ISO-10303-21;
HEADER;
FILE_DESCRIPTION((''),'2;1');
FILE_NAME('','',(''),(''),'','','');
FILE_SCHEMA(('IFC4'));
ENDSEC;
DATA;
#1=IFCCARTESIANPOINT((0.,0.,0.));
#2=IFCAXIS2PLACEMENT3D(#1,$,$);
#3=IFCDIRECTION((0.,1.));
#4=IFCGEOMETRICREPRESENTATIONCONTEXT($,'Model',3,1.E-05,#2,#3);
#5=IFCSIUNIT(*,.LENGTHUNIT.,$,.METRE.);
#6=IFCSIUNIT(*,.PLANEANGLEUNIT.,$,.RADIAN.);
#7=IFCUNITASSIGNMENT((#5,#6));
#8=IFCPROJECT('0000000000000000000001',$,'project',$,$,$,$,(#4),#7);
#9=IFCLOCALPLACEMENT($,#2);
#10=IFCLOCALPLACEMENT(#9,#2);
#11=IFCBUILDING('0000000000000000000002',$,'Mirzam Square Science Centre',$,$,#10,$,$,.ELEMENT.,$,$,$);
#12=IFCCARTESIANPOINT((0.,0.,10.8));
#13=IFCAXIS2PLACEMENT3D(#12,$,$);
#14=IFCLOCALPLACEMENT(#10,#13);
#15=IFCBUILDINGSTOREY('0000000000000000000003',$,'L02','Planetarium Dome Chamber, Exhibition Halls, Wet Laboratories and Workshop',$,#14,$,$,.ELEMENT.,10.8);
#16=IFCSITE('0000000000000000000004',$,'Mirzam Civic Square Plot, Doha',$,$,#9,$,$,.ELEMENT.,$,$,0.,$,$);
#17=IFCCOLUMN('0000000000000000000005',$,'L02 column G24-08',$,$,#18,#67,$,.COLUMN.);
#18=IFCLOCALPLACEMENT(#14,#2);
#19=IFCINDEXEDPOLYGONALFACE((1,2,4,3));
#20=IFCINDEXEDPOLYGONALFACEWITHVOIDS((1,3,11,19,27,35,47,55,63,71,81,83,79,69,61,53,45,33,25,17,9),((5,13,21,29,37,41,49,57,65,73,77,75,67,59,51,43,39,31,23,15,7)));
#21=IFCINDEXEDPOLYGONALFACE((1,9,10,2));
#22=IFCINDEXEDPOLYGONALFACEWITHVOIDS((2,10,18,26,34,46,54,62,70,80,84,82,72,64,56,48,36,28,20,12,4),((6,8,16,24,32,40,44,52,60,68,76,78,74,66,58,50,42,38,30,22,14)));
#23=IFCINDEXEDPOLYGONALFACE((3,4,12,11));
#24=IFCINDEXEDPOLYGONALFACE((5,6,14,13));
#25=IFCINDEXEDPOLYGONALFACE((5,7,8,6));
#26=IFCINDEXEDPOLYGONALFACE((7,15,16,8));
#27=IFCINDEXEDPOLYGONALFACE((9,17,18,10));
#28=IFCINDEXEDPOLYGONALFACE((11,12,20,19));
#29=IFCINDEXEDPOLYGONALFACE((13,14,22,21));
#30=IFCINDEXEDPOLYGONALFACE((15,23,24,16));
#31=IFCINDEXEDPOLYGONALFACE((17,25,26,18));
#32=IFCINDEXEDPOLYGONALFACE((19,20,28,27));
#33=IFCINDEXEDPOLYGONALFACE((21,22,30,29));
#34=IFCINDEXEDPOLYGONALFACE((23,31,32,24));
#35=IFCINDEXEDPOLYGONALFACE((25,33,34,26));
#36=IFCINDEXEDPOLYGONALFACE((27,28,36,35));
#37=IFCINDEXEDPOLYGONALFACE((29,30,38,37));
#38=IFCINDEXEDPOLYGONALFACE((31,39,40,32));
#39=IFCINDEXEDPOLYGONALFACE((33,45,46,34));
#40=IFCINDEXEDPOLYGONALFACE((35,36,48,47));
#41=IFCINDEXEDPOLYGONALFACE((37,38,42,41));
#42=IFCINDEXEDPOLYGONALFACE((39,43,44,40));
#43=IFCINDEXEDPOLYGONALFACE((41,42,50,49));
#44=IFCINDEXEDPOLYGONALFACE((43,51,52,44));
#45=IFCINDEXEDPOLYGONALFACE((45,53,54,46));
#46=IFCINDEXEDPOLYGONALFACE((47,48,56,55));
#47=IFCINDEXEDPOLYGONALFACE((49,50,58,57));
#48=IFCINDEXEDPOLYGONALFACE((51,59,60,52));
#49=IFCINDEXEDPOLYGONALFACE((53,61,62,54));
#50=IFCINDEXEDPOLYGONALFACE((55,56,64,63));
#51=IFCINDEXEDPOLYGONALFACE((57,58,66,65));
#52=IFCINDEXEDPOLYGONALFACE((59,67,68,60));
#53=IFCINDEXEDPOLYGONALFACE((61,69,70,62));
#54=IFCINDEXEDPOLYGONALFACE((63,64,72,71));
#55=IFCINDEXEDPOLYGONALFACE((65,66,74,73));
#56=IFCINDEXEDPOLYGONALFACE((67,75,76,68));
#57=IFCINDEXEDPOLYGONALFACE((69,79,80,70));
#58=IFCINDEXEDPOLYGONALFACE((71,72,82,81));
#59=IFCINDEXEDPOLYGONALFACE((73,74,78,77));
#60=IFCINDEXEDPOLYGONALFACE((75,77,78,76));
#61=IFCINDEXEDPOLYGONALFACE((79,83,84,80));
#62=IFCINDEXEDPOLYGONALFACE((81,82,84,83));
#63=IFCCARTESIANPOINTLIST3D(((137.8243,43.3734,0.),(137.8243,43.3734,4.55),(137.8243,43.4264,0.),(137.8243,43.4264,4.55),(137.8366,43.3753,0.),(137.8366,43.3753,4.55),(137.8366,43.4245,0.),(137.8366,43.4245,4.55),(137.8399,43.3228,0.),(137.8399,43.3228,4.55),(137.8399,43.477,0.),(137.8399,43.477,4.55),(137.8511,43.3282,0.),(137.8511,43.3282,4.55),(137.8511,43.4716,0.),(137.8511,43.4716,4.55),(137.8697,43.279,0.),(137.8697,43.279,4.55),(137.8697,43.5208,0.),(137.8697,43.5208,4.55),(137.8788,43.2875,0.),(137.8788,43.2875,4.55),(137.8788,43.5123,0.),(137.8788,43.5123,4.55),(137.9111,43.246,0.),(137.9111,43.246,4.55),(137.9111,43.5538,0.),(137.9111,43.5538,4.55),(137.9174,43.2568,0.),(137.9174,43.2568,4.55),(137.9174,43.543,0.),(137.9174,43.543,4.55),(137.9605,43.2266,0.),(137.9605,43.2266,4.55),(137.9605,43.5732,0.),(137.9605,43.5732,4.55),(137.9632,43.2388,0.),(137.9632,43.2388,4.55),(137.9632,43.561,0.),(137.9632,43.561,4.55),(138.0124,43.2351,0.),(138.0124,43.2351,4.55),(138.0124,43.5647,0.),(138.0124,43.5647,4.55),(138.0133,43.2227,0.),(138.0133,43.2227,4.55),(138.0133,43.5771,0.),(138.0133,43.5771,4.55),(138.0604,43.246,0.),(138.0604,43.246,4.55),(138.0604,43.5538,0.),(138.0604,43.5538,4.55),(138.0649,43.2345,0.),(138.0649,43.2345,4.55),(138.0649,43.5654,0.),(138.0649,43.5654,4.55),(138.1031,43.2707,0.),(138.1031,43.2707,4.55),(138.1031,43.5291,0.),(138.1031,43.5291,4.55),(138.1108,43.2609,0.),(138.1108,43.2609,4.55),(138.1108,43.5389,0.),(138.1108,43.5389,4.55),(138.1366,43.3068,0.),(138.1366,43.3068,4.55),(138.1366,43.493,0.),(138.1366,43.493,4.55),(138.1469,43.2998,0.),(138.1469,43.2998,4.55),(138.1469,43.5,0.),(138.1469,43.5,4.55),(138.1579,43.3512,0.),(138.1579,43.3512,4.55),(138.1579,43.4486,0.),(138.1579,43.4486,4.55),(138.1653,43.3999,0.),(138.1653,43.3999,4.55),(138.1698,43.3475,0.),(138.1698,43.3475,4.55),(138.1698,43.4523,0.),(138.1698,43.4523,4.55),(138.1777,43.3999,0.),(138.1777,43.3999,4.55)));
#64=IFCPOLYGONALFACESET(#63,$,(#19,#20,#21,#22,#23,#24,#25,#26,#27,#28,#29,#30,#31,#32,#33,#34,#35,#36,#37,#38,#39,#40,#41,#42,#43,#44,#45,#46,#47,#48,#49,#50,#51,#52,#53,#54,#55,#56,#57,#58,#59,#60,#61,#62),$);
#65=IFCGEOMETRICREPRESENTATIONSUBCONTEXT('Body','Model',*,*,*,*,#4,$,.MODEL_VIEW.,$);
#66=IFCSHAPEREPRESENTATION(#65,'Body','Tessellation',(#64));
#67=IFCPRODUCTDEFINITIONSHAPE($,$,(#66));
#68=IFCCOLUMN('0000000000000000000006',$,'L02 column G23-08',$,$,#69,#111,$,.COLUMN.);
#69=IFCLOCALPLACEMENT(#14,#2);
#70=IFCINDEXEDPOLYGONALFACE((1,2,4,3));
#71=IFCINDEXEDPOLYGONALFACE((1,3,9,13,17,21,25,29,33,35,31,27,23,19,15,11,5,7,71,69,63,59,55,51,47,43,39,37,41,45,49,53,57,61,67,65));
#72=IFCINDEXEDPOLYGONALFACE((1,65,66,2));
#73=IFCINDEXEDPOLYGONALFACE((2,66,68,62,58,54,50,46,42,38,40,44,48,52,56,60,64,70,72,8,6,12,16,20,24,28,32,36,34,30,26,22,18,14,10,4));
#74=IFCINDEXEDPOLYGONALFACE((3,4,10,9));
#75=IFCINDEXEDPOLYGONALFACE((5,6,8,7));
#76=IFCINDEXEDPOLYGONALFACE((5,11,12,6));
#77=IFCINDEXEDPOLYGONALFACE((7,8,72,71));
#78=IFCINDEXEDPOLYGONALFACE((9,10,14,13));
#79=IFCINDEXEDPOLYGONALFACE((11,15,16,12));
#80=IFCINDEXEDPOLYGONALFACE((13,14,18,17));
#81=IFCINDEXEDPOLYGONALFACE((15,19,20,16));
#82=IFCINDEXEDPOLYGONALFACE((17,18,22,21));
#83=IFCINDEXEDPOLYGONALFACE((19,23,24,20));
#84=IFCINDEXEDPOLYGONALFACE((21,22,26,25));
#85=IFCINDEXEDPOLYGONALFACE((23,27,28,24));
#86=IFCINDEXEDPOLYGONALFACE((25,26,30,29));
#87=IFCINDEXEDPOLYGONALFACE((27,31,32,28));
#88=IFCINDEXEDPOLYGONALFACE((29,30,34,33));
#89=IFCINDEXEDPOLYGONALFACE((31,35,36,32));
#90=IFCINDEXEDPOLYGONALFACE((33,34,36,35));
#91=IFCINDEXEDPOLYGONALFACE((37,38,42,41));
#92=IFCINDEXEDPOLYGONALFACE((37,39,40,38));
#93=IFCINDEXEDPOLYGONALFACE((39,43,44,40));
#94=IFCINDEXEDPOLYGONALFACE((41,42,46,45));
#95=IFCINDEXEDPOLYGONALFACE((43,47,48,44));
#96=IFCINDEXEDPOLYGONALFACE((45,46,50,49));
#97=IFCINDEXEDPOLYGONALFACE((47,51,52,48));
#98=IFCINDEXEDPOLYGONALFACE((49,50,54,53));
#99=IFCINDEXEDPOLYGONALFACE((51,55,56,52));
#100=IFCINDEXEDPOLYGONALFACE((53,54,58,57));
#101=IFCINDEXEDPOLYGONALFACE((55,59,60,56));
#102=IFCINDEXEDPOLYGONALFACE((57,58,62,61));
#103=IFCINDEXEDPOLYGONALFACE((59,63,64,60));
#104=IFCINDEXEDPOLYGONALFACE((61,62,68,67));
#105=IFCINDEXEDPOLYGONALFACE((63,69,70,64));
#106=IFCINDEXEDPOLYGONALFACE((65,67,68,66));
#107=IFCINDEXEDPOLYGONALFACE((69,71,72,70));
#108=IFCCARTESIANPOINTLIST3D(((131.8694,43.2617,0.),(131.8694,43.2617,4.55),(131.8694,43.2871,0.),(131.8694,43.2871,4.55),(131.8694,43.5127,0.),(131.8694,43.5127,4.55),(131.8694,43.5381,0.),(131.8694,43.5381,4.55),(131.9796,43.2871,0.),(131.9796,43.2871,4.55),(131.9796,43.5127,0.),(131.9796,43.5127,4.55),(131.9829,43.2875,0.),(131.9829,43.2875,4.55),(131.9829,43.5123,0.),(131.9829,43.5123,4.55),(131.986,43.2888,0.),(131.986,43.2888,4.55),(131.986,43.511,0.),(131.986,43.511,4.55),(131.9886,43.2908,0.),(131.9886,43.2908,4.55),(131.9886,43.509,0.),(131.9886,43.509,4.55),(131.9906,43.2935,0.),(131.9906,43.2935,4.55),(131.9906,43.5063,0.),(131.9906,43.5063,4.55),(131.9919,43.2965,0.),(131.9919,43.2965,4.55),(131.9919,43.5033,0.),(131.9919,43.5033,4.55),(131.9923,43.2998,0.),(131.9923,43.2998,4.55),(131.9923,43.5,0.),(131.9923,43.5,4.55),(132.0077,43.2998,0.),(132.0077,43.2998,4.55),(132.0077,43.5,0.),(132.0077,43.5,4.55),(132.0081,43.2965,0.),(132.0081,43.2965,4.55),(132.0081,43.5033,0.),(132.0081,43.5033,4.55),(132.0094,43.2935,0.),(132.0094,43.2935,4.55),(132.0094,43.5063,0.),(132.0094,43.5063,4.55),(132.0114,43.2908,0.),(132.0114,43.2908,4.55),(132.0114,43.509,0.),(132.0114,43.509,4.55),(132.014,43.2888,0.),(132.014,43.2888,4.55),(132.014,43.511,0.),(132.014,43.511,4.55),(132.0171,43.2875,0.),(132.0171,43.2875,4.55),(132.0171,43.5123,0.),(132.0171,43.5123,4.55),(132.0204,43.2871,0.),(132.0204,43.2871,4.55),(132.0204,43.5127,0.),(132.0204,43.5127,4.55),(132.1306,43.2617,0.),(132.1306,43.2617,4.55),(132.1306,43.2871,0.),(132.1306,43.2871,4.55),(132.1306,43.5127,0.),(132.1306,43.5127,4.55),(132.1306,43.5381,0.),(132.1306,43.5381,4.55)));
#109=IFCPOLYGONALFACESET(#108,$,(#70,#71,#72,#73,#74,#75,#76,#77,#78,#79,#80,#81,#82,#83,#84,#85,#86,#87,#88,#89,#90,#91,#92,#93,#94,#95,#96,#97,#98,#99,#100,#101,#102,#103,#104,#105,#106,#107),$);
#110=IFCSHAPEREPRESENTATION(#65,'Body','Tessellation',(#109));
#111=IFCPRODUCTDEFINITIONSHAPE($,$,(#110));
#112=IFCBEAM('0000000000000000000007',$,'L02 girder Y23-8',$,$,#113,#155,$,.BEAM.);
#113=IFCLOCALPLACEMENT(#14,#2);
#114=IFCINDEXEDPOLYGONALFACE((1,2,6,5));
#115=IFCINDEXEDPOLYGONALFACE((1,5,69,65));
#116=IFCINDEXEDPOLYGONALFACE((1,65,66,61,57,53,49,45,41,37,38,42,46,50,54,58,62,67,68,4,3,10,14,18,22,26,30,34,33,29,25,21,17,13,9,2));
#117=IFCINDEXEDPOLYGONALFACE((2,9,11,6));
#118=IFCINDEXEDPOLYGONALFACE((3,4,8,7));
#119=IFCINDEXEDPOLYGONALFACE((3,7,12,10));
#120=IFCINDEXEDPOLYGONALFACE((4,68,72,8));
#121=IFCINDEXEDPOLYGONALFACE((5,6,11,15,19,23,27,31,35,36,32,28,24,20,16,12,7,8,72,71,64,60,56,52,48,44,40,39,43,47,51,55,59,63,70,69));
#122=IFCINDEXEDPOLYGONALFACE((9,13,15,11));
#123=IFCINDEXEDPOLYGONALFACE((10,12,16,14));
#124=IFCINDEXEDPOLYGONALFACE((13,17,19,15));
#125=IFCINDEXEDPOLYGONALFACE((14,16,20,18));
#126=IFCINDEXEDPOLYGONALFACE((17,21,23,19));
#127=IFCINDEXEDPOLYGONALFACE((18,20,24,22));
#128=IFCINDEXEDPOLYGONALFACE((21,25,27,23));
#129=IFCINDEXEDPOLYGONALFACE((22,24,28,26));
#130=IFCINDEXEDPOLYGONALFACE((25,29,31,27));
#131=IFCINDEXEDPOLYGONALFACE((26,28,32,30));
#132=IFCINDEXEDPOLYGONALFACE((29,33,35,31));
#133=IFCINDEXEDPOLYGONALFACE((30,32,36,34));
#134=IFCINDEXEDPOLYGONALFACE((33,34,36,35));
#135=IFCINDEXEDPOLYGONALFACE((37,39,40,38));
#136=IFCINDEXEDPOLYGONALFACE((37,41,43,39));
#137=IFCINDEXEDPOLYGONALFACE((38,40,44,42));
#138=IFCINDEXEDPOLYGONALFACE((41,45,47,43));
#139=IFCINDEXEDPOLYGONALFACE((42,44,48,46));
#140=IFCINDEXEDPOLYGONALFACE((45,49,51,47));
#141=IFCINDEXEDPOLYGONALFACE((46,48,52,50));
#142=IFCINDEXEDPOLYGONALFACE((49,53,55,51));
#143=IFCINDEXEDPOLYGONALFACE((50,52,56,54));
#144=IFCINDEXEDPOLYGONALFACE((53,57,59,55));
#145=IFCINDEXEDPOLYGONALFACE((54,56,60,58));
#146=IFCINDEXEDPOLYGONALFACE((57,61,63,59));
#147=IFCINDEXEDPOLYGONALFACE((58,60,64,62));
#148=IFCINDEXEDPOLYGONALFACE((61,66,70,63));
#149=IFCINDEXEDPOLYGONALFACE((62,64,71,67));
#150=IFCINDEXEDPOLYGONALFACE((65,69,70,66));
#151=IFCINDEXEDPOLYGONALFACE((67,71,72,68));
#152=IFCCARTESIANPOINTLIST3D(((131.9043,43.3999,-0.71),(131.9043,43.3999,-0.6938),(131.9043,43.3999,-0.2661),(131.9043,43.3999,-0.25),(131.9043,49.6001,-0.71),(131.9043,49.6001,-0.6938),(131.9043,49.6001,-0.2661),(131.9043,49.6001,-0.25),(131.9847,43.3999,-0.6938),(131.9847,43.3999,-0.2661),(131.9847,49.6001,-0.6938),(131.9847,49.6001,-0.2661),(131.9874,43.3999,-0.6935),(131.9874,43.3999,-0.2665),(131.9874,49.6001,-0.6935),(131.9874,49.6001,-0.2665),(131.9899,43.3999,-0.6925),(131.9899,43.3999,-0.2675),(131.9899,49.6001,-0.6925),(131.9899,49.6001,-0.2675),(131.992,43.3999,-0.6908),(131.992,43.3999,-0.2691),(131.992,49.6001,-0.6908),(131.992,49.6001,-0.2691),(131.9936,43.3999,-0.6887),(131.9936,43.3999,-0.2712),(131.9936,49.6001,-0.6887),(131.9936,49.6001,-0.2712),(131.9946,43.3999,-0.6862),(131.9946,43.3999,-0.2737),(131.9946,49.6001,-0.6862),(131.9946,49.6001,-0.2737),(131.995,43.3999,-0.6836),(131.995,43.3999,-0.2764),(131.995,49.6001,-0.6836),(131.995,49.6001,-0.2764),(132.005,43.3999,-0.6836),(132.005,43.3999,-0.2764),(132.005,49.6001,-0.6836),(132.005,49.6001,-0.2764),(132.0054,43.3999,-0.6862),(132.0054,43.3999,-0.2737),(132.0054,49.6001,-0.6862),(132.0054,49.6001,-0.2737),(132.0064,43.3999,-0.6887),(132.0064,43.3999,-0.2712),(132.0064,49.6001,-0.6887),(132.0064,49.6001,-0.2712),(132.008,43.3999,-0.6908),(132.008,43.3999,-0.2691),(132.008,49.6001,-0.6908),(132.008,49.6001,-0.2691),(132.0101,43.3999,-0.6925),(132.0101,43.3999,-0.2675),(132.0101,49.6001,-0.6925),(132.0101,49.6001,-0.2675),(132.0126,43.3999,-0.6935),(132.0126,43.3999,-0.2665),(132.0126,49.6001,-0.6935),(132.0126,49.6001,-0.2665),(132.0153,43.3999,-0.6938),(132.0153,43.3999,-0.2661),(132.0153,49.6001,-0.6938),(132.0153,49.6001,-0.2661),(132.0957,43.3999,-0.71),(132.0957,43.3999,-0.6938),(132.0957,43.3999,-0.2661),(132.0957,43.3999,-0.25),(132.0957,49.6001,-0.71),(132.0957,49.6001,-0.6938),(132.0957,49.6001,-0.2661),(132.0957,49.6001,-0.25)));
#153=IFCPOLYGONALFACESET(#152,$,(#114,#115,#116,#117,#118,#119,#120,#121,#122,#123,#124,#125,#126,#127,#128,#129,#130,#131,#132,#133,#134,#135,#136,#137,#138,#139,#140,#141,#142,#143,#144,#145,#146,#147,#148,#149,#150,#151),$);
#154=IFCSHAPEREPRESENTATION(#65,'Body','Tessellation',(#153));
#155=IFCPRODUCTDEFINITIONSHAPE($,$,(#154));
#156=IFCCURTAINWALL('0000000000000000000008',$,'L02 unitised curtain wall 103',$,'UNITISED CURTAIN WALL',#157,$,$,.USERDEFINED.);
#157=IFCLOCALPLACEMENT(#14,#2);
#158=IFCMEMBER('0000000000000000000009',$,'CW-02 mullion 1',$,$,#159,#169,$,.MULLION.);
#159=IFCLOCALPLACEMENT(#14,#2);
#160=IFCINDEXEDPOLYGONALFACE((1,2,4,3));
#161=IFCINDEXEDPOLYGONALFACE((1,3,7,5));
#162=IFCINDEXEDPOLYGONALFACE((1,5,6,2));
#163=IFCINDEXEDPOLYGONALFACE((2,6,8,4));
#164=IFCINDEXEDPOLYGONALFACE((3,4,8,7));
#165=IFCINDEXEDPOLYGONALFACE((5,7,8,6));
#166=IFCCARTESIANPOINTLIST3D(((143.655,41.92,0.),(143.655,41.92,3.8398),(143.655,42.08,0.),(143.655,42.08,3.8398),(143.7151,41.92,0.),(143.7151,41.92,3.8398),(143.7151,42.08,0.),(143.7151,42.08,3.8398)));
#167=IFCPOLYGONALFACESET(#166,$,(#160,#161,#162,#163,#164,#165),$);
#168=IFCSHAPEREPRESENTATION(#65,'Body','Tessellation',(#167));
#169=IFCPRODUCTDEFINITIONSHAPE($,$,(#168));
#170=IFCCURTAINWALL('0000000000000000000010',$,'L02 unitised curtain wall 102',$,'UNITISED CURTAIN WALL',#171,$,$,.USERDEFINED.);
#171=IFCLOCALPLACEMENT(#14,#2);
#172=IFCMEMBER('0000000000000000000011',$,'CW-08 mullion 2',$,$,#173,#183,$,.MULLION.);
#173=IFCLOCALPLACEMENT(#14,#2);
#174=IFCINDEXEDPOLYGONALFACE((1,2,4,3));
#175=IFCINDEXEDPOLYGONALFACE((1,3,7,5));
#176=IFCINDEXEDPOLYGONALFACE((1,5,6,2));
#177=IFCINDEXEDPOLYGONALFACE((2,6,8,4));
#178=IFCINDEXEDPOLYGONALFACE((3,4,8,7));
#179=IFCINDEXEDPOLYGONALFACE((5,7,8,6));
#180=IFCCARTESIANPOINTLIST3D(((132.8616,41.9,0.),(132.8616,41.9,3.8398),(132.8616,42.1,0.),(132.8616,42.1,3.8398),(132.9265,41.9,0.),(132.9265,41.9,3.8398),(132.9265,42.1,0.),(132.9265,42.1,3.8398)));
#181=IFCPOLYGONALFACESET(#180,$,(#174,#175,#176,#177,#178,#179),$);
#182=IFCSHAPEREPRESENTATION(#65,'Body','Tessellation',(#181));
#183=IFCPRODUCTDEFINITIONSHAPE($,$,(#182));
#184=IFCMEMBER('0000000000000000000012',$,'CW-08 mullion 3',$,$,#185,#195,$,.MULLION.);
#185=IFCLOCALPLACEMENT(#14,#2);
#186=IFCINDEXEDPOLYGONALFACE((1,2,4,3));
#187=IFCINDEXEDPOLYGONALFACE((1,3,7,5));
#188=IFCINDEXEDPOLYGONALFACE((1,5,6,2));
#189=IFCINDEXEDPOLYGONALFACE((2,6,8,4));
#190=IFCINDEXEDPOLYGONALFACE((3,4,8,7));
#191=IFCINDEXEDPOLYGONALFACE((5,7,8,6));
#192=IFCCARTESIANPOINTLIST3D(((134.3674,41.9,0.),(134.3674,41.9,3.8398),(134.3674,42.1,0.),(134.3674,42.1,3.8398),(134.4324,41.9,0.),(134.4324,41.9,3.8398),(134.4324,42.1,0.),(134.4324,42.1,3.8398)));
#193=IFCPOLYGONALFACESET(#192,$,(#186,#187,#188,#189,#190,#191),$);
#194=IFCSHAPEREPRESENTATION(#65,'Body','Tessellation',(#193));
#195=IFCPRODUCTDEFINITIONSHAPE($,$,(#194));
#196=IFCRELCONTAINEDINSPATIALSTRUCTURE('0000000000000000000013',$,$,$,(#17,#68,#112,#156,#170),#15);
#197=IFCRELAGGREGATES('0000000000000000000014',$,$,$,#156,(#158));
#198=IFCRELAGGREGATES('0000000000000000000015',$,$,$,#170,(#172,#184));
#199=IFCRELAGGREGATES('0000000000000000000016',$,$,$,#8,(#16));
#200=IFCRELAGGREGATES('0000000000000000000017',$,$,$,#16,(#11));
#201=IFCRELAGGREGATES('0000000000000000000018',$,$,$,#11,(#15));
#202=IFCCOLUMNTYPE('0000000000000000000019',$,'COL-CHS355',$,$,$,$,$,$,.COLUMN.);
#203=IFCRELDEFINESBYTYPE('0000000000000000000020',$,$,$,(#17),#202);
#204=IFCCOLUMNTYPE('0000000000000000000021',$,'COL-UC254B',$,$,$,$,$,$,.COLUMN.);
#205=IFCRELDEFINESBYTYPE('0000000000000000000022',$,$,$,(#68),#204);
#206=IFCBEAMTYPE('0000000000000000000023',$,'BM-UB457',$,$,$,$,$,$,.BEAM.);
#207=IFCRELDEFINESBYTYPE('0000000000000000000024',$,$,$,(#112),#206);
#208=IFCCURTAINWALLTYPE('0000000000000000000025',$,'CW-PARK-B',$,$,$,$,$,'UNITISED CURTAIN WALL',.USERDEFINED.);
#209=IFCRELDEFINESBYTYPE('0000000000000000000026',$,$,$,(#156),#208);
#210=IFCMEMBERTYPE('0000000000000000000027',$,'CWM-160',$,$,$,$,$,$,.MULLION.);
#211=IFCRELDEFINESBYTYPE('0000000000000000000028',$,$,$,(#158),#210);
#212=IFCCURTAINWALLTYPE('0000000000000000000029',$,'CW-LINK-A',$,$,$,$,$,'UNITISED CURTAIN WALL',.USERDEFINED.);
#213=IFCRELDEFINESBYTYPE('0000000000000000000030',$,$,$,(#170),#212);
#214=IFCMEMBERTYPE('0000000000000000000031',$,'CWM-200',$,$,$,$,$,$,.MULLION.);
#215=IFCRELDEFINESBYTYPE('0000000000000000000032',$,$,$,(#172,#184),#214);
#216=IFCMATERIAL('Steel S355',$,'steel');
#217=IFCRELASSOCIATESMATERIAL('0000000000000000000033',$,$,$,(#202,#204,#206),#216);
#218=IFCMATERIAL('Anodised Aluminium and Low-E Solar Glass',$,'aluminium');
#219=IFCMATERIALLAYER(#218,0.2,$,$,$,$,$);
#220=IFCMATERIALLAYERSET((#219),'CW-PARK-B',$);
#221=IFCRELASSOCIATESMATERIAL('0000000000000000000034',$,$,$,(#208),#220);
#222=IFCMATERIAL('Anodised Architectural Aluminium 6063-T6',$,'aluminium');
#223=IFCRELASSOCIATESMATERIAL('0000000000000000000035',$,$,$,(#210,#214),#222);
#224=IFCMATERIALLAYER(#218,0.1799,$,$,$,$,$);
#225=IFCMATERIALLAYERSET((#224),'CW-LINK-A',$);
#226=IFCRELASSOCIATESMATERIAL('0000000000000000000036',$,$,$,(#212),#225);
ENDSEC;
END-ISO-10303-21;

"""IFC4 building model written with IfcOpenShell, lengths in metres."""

from ifc_helpers import new_model, si_unit, direction, frame, origin, origin_2d, place, context, subcontext, project, spatial, rectangle, hollow_circle, i_section, extrude, material, layer, layer_set, material_profile, profile_set, type_object, element, aggregate, save


model = new_model("IFC4")

# Units and contexts
model_context = context("Model", 3, precision=1e-05, world=origin(), true_north=direction((0.0, 1.0)))
body_context = subcontext(model_context, "Body", "Model", "MODEL_VIEW")
ifc_project = project(units=[si_unit("LENGTHUNIT", "METRE"), si_unit("PLANEANGLEUNIT", "RADIAN")], contexts=[model_context])

# Site, building, storey
site_placement = place(None, origin())
site = spatial("IfcSite", under=ifc_project, at=site_placement, Name="Mirzam Civic Square Plot, Doha", CompositionType="ELEMENT", RefElevation=0.0)
building_placement = place(site_placement, origin())
building = spatial("IfcBuilding", under=site, at=building_placement, Name="Mirzam Square Science Centre", CompositionType="ELEMENT")
storey_placement = place(building_placement, frame((0.0, 0.0, 10.8)))
storey = spatial("IfcBuildingStorey", under=building, at=storey_placement, Name="L02", Description="Planetarium Dome Chamber, Exhibition Halls, Wet Laboratories and Workshop", CompositionType="ELEMENT", Elevation=10.8)

# Columns
ifc_material_1 = material(Name="Steel S355", Category="steel")
ifc_material_profile_1 = material_profile(ifc_material_1, hollow_circle(Radius=0.1777, WallThickness=0.0125, at=origin_2d()), Name="355.6x12.5CHS")
ifc_profile_set_1 = profile_set([ifc_material_profile_1], Name="Steel S355")
column_type_1 = type_object("IfcColumnType", Name="COL-CHS355", PredefinedType="COLUMN", material=ifc_profile_set_1)
column_1_placement = place(storey_placement, frame((138.0, 43.3999, 0.0), z_axis=(0.0, 0.0, 1.0), x_axis=(1.0, 0.0, 0.0)))
element("IfcColumn", 1, at=column_1_placement, inside=storey, type_object=column_type_1, Name="L02 column G24-08", PredefinedType="COLUMN", context=body_context, shape_type="SweptSolid", body=[
    extrude(hollow_circle(Radius=0.1777, WallThickness=0.0125, at=origin_2d()), origin(), (0.0, 0.0, 1.0), 4.55),
])
ifc_material_profile_2 = material_profile(ifc_material_1, i_section(OverallWidth=0.2612, OverallDepth=0.2764, WebThickness=0.0154, FlangeThickness=0.0254, FilletRadius=0.0127, at=origin_2d()), Name="254x254x132UC")
ifc_profile_set_2 = profile_set([ifc_material_profile_2], Name="Steel S355")
column_type_2 = type_object("IfcColumnType", Name="COL-UC254B", PredefinedType="COLUMN", material=ifc_profile_set_2)
column_2_placement = place(storey_placement, frame((132.0, 43.3999, 0.0), z_axis=(0.0, 0.0, 1.0), x_axis=(1.0, 0.0, 0.0)))
element("IfcColumn", 2, at=column_2_placement, inside=storey, type_object=column_type_2, Name="L02 column G23-08", PredefinedType="COLUMN", context=body_context, shape_type="SweptSolid", body=[
    extrude(i_section(OverallWidth=0.2612, OverallDepth=0.2764, WebThickness=0.0154, FlangeThickness=0.0254, FilletRadius=0.0127, at=origin_2d()), origin(), (0.0, 0.0, 1.0), 4.55),
])

# Beam
ifc_material_profile_3 = material_profile(ifc_material_1, i_section(OverallWidth=0.1914, OverallDepth=0.46, WebThickness=0.01, FlangeThickness=0.0161, FilletRadius=0.0103, at=origin_2d()), Name="457x191x82UB")
ifc_profile_set_3 = profile_set([ifc_material_profile_3], Name="Steel S355")
beam_type_1 = type_object("IfcBeamType", Name="BM-UB457", PredefinedType="BEAM", material=ifc_profile_set_3)
beam_placement = place(storey_placement, frame((132.0, 43.3999, -0.48), z_axis=(0.0, 1.0, 0.0), x_axis=(-1.0, 0.0, 0.0)))
element("IfcBeam", 3, at=beam_placement, inside=storey, type_object=beam_type_1, Name="L02 girder Y23-8", PredefinedType="BEAM", context=body_context, shape_type="SweptSolid", body=[
    extrude(i_section(OverallWidth=0.1914, OverallDepth=0.46, WebThickness=0.01, FlangeThickness=0.0161, FilletRadius=0.0103, at=origin_2d()), origin(), (0.0, 0.0, 1.0), 6.2002),
])

# Curtain wall, member
ifc_material_2 = material(Name="Anodised Aluminium and Low-E Solar Glass", Category="aluminium")
ifc_layer_1 = layer(ifc_material_2, 0.2)
ifc_layer_set_1 = layer_set([ifc_layer_1], Name="CW-PARK-B")
curtain_wall_type_1 = type_object("IfcCurtainWallType", Name="CW-PARK-B", ElementType="UNITISED CURTAIN WALL", PredefinedType="USERDEFINED", material=ifc_layer_set_1)
curtain_wall_1_placement = place(storey_placement, origin())
curtain_wall_1 = element("IfcCurtainWall", 4, at=curtain_wall_1_placement, inside=storey, type_object=curtain_wall_type_1, Name="L02 unitised curtain wall 103", ObjectType="UNITISED CURTAIN WALL", PredefinedType="USERDEFINED")
ifc_material_3 = material(Name="Anodised Architectural Aluminium 6063-T6", Category="aluminium")
ifc_material_profile_4 = material_profile(ifc_material_3, rectangle(XDim=0.0601, YDim=0.1599, at=origin_2d()), Name="ALU-MULL-160x60x4")
ifc_profile_set_4 = profile_set([ifc_material_profile_4], Name="Anodised Architectural Aluminium 6063-T6")
member_type_1 = type_object("IfcMemberType", Name="CWM-160", PredefinedType="MULLION", material=ifc_profile_set_4)
member_1_placement = place(storey_placement, frame((143.6851, 42.0, 0.0), z_axis=(0.0, 0.0, 1.0), x_axis=(1.0, 0.0, 0.0)))
member_1 = element("IfcMember", 5, at=member_1_placement, type_object=member_type_1, Name="CW-02 mullion 1", PredefinedType="MULLION", context=body_context, shape_type="SweptSolid", body=[
    extrude(rectangle(XDim=0.0601, YDim=0.1599, at=origin_2d()), origin(), (0.0, 0.0, 1.0), 3.8398),
])

# Curtain wall, members
ifc_layer_2 = layer(ifc_material_2, 0.1799)
ifc_layer_set_2 = layer_set([ifc_layer_2], Name="CW-LINK-A")
curtain_wall_type_2 = type_object("IfcCurtainWallType", Name="CW-LINK-A", ElementType="UNITISED CURTAIN WALL", PredefinedType="USERDEFINED", material=ifc_layer_set_2)
curtain_wall_2_placement = place(storey_placement, origin())
curtain_wall_2 = element("IfcCurtainWall", 6, at=curtain_wall_2_placement, inside=storey, type_object=curtain_wall_type_2, Name="L02 unitised curtain wall 102", ObjectType="UNITISED CURTAIN WALL", PredefinedType="USERDEFINED")
ifc_material_profile_5 = material_profile(ifc_material_3, rectangle(XDim=0.0649, YDim=0.2, at=origin_2d()), Name="ALU-MULL-200x65x5")
ifc_profile_set_5 = profile_set([ifc_material_profile_5], Name="Anodised Architectural Aluminium 6063-T6")
member_type_2 = type_object("IfcMemberType", Name="CWM-200", PredefinedType="MULLION", material=ifc_profile_set_5)
member_2_placement = place(storey_placement, frame((132.894, 42.0, 0.0), z_axis=(0.0, 0.0, 1.0), x_axis=(1.0, 0.0, 0.0)))
member_2 = element("IfcMember", 7, at=member_2_placement, type_object=member_type_2, Name="CW-08 mullion 2", PredefinedType="MULLION", context=body_context, shape_type="SweptSolid", body=[
    extrude(rectangle(XDim=0.0649, YDim=0.2, at=origin_2d()), origin(), (0.0, 0.0, 1.0), 3.8398),
])
member_3_placement = place(storey_placement, frame((134.3999, 42.0, 0.0), z_axis=(0.0, 0.0, 1.0), x_axis=(1.0, 0.0, 0.0)))
member_3 = element("IfcMember", 8, at=member_3_placement, type_object=member_type_2, Name="CW-08 mullion 3", PredefinedType="MULLION", context=body_context, shape_type="SweptSolid", body=[
    extrude(rectangle(XDim=0.0649, YDim=0.2, at=origin_2d()), origin(), (0.0, 0.0, 1.0), 3.8398),
])

aggregate(curtain_wall_1, [member_1])

aggregate(curtain_wall_2, [member_2, member_3])

save(model, "model.ifc")
